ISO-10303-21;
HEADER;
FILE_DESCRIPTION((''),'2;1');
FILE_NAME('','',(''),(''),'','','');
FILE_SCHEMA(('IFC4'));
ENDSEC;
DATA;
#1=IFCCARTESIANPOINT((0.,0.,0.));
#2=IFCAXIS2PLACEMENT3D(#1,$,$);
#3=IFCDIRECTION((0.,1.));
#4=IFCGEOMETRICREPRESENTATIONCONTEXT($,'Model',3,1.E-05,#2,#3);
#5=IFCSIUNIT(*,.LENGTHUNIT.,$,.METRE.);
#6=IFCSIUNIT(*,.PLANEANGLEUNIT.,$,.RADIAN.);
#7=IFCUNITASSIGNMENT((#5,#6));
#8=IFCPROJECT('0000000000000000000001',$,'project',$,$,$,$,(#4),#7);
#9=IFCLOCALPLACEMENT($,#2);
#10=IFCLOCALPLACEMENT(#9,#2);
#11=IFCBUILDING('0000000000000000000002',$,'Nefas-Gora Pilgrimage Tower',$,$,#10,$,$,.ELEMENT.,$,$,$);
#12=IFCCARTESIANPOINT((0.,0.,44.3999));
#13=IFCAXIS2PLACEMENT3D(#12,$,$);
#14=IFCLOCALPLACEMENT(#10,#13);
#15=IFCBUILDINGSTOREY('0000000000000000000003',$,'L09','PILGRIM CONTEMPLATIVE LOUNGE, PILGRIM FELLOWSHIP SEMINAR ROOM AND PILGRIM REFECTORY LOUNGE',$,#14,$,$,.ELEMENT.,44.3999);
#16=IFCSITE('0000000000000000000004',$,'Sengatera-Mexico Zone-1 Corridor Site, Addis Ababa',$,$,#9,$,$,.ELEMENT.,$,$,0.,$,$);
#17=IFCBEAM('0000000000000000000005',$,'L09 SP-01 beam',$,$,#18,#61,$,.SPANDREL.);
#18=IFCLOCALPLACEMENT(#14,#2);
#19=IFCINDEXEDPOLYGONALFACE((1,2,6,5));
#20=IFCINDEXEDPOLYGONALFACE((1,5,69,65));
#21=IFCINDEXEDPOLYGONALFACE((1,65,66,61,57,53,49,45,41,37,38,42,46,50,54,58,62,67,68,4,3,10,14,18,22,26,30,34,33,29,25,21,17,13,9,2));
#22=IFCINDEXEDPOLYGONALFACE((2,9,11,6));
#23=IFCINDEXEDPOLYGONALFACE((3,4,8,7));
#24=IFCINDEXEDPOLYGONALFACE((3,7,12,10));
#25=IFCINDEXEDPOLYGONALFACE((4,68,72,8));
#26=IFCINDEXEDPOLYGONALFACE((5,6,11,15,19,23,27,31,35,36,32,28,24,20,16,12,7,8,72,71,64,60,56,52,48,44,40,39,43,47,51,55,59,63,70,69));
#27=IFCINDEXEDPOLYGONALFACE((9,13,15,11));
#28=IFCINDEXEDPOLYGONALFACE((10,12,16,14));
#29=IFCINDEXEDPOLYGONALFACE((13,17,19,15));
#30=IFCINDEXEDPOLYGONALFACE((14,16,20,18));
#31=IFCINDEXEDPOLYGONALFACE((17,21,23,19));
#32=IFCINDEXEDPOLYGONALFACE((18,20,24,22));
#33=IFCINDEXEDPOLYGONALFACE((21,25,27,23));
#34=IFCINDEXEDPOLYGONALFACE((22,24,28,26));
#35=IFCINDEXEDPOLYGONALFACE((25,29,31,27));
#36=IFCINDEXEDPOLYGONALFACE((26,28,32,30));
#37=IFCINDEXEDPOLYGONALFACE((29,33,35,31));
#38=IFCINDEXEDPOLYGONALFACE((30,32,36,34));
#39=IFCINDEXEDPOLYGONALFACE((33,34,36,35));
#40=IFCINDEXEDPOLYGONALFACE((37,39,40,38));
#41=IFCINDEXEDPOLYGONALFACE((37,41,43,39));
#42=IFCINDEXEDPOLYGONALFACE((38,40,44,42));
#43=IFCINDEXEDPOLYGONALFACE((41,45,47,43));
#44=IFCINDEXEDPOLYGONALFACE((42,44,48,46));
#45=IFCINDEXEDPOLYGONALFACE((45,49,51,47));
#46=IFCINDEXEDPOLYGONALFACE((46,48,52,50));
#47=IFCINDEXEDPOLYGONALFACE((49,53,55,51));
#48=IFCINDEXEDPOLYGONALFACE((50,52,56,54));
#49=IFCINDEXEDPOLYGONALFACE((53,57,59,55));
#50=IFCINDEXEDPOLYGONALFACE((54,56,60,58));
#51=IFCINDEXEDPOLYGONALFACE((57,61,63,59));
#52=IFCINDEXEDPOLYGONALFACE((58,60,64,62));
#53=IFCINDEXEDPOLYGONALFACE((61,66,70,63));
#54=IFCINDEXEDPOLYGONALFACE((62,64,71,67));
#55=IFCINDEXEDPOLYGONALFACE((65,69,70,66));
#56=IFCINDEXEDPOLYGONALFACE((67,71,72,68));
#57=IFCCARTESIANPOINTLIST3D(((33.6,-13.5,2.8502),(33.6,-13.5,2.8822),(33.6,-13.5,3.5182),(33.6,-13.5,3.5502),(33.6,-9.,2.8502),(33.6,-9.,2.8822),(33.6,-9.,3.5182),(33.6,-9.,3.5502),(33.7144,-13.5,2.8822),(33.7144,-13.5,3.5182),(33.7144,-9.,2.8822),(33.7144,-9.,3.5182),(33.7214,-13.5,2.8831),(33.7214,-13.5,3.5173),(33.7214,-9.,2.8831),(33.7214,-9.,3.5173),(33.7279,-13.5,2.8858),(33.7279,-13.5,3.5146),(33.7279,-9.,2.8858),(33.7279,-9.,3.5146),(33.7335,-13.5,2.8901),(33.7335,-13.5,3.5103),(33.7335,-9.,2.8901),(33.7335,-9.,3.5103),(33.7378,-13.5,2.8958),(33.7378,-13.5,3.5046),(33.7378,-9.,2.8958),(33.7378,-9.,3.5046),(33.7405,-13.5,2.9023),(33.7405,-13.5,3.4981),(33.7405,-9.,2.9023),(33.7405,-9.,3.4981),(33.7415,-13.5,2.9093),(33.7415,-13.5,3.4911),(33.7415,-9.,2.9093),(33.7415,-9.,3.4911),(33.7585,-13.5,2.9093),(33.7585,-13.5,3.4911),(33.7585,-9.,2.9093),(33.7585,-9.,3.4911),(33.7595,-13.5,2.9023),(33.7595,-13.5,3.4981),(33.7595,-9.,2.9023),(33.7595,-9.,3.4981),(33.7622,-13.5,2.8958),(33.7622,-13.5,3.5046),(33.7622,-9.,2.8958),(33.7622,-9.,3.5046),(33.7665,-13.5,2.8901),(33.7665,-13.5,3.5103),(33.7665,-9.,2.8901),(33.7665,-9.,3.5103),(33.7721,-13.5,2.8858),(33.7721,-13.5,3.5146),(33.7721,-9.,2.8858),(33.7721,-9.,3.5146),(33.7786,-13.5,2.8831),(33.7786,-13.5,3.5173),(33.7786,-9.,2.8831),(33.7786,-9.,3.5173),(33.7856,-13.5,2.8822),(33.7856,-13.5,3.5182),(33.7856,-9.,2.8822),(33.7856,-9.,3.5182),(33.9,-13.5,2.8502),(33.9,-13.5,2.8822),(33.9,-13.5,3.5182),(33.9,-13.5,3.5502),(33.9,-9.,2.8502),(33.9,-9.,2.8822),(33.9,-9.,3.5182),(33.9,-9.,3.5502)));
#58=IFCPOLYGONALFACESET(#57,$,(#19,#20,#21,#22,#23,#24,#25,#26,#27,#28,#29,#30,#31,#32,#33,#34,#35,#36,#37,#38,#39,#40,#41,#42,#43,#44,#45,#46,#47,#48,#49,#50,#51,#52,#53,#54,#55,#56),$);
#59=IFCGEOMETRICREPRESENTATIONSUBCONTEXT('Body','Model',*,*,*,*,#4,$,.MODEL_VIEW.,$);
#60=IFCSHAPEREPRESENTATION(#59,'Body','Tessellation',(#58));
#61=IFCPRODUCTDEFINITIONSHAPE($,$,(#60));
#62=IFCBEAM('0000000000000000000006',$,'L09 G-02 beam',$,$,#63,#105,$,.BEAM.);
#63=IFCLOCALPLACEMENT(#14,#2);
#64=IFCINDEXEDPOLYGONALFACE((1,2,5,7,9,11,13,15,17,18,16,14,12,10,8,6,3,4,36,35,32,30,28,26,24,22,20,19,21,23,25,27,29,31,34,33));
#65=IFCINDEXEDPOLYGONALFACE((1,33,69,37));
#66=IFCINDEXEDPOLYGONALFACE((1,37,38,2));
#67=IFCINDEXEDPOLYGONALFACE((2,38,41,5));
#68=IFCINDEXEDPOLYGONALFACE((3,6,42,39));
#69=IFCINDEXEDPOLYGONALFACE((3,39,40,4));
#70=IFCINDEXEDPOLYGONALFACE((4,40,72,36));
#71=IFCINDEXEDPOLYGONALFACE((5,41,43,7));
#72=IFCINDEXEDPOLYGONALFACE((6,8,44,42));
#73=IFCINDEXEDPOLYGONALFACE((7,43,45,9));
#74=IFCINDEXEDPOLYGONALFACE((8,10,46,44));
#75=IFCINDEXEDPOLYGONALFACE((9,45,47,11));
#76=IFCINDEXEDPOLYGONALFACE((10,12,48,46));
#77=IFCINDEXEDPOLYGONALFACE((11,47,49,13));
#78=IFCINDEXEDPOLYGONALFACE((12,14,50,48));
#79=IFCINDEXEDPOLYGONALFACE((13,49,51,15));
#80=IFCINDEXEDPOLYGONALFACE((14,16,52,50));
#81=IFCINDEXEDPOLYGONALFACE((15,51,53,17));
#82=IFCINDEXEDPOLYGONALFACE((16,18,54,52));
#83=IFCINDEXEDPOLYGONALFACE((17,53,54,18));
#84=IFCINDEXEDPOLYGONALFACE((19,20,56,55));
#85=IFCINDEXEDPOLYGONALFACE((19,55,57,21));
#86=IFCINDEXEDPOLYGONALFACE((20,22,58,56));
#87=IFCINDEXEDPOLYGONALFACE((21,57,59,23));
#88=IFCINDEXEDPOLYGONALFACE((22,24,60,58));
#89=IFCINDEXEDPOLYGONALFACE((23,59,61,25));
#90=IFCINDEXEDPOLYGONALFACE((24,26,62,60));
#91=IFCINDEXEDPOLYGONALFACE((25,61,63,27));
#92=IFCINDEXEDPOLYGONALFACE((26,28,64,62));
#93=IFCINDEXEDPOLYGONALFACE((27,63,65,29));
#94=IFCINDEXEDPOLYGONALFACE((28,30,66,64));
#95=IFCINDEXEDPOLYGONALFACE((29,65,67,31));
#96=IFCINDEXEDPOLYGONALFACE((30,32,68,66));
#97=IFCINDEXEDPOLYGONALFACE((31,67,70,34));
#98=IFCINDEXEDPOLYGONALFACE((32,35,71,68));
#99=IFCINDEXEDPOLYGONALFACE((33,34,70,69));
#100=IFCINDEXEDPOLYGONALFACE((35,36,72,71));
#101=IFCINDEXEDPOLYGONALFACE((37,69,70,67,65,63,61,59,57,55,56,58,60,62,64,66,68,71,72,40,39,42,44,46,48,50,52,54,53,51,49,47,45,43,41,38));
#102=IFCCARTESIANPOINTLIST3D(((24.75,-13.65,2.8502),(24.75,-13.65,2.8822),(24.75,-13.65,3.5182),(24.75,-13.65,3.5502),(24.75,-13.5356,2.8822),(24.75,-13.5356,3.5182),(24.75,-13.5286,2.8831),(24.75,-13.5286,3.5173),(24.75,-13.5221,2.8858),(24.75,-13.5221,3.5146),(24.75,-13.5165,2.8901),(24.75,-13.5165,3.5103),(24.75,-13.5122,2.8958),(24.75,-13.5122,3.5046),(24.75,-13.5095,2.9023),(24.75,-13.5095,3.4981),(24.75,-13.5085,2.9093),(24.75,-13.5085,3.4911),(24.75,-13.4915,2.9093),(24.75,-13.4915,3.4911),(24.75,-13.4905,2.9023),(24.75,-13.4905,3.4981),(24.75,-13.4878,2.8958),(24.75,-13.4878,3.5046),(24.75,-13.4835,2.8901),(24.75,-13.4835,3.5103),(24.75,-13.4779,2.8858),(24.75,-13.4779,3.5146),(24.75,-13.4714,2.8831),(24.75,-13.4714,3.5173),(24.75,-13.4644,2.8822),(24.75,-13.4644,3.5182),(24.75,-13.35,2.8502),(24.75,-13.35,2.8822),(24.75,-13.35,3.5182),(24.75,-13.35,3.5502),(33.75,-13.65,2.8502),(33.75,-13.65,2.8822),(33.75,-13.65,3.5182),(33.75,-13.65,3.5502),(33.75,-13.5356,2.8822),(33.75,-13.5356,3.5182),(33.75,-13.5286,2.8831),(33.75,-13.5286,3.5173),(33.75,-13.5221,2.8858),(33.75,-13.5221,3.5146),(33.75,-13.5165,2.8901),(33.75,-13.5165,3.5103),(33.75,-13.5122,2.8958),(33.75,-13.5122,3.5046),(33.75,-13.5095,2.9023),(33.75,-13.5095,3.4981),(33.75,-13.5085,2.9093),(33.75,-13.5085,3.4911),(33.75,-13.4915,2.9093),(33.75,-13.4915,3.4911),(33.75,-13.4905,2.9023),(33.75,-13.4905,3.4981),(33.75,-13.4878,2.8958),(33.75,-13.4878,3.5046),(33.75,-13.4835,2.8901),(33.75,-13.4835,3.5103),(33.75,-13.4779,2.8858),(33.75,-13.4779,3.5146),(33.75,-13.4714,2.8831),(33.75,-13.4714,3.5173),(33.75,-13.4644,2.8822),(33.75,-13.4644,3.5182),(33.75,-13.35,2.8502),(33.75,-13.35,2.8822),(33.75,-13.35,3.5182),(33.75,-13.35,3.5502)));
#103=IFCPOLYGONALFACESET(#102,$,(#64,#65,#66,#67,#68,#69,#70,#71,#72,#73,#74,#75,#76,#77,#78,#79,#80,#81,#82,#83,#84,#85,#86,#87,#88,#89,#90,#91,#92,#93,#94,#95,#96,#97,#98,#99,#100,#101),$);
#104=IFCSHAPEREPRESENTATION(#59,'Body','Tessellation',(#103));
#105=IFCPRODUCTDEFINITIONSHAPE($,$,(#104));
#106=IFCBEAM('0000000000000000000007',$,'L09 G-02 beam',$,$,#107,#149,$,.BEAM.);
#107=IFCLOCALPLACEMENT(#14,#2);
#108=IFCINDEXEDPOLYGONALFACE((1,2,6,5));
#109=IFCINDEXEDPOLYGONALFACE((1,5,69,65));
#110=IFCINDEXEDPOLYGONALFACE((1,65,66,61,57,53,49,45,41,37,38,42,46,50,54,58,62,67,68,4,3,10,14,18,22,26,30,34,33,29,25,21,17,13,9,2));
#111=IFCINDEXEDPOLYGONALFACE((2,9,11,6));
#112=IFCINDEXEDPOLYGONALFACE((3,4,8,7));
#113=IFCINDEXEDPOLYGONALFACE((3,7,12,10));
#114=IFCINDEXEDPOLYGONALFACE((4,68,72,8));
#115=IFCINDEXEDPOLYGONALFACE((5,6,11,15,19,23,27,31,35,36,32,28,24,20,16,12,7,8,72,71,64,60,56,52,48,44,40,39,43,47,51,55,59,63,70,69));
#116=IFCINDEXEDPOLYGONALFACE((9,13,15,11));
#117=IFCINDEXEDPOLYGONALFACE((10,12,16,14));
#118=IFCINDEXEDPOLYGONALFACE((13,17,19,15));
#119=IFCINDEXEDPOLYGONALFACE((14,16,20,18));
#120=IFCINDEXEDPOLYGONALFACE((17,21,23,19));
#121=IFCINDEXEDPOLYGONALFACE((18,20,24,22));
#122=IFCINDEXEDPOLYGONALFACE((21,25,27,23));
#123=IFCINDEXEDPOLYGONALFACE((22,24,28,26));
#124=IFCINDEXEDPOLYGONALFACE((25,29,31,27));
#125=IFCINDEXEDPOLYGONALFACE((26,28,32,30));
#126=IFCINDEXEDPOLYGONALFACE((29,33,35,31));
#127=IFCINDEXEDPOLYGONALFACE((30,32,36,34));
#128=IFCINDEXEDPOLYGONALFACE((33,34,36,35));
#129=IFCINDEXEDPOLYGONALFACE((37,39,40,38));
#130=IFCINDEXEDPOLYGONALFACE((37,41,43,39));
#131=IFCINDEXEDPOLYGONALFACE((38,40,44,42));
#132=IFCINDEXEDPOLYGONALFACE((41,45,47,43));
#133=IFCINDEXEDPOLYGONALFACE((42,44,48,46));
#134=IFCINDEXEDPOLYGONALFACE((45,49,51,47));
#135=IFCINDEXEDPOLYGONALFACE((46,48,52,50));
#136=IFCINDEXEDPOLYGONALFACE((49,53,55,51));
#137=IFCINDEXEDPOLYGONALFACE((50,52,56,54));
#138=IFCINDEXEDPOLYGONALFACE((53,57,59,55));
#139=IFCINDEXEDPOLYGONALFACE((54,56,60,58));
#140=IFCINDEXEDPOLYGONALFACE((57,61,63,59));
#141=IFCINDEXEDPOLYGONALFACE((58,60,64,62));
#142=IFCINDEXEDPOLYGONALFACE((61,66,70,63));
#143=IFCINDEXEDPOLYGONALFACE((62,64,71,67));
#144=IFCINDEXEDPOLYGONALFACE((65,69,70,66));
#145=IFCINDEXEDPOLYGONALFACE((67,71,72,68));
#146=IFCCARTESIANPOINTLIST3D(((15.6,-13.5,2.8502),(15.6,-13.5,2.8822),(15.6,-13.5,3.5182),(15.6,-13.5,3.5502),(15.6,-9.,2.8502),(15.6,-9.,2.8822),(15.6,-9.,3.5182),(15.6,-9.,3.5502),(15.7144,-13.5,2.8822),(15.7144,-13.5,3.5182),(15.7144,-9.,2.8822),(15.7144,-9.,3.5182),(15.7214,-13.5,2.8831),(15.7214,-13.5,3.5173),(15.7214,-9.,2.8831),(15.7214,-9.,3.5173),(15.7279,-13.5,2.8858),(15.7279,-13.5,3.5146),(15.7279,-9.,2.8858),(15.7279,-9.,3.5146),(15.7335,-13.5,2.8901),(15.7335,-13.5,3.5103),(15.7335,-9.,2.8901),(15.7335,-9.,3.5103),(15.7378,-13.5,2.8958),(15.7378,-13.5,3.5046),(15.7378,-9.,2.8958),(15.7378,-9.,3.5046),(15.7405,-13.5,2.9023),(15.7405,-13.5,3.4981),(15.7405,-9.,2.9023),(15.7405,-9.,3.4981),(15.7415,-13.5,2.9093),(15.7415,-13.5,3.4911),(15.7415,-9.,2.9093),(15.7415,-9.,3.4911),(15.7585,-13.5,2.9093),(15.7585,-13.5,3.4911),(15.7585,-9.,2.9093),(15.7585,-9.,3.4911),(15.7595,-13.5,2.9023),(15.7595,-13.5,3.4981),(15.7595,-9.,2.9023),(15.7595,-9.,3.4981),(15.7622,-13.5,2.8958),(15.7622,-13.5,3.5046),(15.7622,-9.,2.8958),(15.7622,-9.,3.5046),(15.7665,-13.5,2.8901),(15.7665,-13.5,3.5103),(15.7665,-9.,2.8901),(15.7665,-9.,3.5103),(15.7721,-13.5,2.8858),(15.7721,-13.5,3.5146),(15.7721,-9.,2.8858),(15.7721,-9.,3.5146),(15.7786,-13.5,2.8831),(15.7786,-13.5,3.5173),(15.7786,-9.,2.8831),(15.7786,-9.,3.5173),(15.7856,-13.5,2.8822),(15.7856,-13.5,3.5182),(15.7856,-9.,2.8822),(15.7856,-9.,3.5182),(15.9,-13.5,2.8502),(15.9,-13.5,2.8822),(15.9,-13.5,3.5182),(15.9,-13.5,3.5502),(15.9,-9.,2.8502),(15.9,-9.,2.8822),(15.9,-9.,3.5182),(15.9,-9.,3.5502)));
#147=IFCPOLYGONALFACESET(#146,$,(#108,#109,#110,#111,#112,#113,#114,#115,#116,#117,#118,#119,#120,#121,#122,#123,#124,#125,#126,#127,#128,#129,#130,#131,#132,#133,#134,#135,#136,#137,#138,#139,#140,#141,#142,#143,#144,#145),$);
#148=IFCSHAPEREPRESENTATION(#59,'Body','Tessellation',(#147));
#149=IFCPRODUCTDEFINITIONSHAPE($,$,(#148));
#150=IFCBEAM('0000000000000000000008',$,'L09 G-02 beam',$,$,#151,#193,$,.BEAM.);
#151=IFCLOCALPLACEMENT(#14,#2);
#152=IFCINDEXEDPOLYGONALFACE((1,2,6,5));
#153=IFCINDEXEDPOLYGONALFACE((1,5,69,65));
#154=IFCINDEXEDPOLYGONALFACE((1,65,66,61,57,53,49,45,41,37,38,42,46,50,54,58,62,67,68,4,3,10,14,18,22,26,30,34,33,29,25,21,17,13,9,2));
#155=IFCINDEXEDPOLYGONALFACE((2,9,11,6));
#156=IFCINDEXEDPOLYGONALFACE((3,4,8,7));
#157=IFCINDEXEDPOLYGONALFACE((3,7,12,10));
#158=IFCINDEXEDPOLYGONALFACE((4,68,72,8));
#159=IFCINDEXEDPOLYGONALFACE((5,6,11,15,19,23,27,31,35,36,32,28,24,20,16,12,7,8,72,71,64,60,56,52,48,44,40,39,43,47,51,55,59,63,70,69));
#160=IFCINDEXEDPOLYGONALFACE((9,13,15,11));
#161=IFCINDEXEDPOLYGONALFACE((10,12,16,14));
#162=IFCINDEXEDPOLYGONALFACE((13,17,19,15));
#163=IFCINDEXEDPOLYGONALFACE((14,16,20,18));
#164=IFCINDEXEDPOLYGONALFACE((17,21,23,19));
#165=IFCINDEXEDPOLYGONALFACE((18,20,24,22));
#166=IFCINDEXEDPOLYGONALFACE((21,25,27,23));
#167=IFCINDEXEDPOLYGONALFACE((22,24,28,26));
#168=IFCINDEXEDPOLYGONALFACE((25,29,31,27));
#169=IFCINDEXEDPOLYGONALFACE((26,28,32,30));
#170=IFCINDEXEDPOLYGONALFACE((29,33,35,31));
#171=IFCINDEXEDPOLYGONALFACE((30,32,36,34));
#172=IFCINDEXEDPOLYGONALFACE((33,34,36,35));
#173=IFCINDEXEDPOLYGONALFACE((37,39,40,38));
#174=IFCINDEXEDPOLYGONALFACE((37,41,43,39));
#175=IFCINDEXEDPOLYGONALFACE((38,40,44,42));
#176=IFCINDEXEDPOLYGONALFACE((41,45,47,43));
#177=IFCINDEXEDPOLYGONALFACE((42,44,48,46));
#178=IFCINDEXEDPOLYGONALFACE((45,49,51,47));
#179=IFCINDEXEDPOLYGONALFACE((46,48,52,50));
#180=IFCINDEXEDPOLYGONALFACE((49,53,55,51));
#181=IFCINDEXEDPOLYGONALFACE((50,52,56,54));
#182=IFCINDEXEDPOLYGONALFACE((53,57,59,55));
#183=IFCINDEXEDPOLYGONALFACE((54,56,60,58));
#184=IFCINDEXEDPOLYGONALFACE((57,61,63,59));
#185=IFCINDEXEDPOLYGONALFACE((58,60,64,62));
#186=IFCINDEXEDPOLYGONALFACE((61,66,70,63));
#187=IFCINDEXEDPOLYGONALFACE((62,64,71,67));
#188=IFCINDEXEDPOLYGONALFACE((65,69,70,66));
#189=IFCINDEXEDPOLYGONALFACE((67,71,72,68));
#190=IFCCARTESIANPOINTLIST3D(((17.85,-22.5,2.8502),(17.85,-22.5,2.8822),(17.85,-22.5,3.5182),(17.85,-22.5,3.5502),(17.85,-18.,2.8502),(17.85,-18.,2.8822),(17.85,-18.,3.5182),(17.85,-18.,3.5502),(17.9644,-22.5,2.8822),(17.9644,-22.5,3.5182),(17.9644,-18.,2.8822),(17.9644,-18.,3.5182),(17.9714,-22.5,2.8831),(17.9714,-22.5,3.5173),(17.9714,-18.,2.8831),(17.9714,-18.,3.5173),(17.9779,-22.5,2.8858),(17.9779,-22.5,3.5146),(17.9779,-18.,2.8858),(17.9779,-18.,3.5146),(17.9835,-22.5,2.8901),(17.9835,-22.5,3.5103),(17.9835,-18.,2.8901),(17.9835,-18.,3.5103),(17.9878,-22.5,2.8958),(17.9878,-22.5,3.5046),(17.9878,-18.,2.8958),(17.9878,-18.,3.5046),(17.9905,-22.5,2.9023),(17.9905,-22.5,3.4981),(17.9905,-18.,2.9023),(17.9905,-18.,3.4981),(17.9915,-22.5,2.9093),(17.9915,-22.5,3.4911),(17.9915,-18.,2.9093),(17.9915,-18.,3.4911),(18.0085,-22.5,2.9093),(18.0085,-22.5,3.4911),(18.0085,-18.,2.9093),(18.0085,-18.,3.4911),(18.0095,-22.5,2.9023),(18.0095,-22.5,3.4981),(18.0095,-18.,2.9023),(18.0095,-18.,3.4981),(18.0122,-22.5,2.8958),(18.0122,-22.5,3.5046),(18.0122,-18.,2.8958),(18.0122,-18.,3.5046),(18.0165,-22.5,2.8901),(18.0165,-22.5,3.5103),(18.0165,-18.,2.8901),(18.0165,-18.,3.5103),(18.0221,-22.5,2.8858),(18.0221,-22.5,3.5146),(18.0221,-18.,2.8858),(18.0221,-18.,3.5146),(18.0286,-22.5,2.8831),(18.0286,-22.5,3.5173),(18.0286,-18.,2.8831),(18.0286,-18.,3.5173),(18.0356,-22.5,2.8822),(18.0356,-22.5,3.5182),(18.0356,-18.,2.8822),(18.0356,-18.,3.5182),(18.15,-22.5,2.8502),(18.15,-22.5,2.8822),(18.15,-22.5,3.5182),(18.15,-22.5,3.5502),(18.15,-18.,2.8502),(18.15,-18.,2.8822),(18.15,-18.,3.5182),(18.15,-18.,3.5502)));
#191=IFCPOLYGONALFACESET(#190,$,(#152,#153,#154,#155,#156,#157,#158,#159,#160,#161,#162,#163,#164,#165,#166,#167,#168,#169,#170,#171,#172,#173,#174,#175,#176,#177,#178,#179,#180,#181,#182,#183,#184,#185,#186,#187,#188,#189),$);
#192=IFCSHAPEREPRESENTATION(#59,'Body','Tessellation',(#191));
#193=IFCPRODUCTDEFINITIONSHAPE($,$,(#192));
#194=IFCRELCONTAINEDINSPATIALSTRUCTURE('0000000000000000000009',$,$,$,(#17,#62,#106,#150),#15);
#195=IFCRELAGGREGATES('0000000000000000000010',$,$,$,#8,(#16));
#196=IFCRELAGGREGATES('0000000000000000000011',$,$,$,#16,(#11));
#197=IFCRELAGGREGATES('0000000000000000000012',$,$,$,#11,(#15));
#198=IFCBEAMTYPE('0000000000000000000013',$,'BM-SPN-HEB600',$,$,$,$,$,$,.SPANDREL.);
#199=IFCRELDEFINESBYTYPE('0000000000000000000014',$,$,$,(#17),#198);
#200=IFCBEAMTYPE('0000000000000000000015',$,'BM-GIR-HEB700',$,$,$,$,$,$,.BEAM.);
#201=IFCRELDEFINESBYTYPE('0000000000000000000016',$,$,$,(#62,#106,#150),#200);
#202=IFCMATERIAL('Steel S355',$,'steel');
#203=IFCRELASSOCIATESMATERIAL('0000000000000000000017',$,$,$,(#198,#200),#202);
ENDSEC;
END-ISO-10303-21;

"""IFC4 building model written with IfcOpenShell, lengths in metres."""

from ifc_helpers import new_model, si_unit, direction, frame, origin, origin_2d, place, context, subcontext, project, spatial, i_section, extrude, source, transform, mapped, material, material_profile, profile_set, type_object, element, save


model = new_model("IFC4")

# Units and contexts
model_context = context("Model", 3, precision=1e-05, world=origin(), true_north=direction((0.0, 1.0)))
body_context = subcontext(model_context, "Body", "Model", "MODEL_VIEW")
ifc_project = project(units=[si_unit("LENGTHUNIT", "METRE"), si_unit("PLANEANGLEUNIT", "RADIAN")], contexts=[model_context])

# Site, building, storey
site_placement = place(None, origin())
site = spatial("IfcSite", under=ifc_project, at=site_placement, Name="Sengatera-Mexico Zone-1 Corridor Site, Addis Ababa", CompositionType="ELEMENT", RefElevation=0.0)
building_placement = place(site_placement, origin())
building = spatial("IfcBuilding", under=site, at=building_placement, Name="Nefas-Gora Pilgrimage Tower", CompositionType="ELEMENT")
storey_placement = place(building_placement, frame((0.0, 0.0, 44.3999)))
storey = spatial("IfcBuildingStorey", under=building, at=storey_placement, Name="L09", Description="PILGRIM CONTEMPLATIVE LOUNGE, PILGRIM FELLOWSHIP SEMINAR ROOM AND PILGRIM REFECTORY LOUNGE", CompositionType="ELEMENT", Elevation=44.3999)

# Beams
ifc_material_1 = material(Name="Steel S355", Category="steel")
ifc_material_profile_1 = material_profile(ifc_material_1, i_section(OverallWidth=0.3, OverallDepth=0.7, WebThickness=0.0171, FlangeThickness=0.032, FilletRadius=0.0271, at=origin_2d()), Name="HEB 700")
ifc_profile_set_1 = profile_set([ifc_material_profile_1], Name="Steel S355")
beam_type_1 = type_object("IfcBeamType", Name="BM-SPN-HEB600", PredefinedType="SPANDREL", material=ifc_profile_set_1)
shared_shape_1 = source(origin(), body_context, "Body", "SweptSolid", [
    extrude(i_section(OverallWidth=0.3, OverallDepth=0.7, WebThickness=0.0171, FlangeThickness=0.032, FilletRadius=0.0271, at=origin_2d()), origin(), (0.0, 0.0, 1.0), 4.5),
])
for number, where, z_axis, x_axis, name in (
    (1, (33.75, -13.5, 3.2002), (0.0, 1.0, 0.0), (-1.0, 0.0, 0.0), "L09 SP-01 beam"),
):
    element("IfcBeam", number, at=place(storey_placement, frame(where, z_axis=z_axis, x_axis=x_axis)), inside=storey, type_object=beam_type_1, Name=name, PredefinedType="SPANDREL", context=body_context, shape_type="MappedRepresentation", body=[
        mapped(shared_shape_1, transform((0.0, 0.0, 0.0), x_axis=(1.0, 0.0, 0.0), y_axis=(0.0, 1.0, 0.0), z_axis=(0.0, 0.0, 1.0), scale=1.0)),
    ])
ifc_material_profile_2 = material_profile(ifc_material_1, i_section(OverallWidth=0.3, OverallDepth=0.7, WebThickness=0.0171, FlangeThickness=0.032, FilletRadius=0.0271, at=origin_2d()), Name="HEB 700")
ifc_profile_set_2 = profile_set([ifc_material_profile_2], Name="Steel S355")
beam_type_2 = type_object("IfcBeamType", Name="BM-GIR-HEB700", PredefinedType="BEAM", material=ifc_profile_set_2)
shared_shape_2 = source(origin(), body_context, "Body", "SweptSolid", [
    extrude(i_section(OverallWidth=0.3, OverallDepth=0.7, WebThickness=0.0171, FlangeThickness=0.032, FilletRadius=0.0271, at=origin_2d()), origin(), (0.0, 0.0, 1.0), 9.0),
])
beam_1_placement = place(storey_placement, frame((24.75, -13.5, 3.2002), z_axis=(1.0, 0.0, 0.0), x_axis=(0.0, 1.0, 0.0)))
element("IfcBeam", 2, at=beam_1_placement, inside=storey, type_object=beam_type_2, Name="L09 G-02 beam", PredefinedType="BEAM", context=body_context, shape_type="MappedRepresentation", body=[
    mapped(shared_shape_2, transform((0.0, 0.0, 0.0), x_axis=(1.0, 0.0, 0.0), y_axis=(0.0, 1.0, 0.0), z_axis=(0.0, 0.0, 1.0), scale=1.0)),
])
shared_shape_3 = source(origin(), body_context, "Body", "SweptSolid", [
    extrude(i_section(OverallWidth=0.3, OverallDepth=0.7, WebThickness=0.0171, FlangeThickness=0.032, FilletRadius=0.0271, at=origin_2d()), origin(), (0.0, 0.0, 1.0), 4.5),
])
for number, where, z_axis, x_axis, name in (
    (3, (15.75, -13.5, 3.2002), (0.0, 1.0, 0.0), (-1.0, 0.0, 0.0), "L09 G-02 beam"),
    (4, (18.0, -22.5, 3.2002), (0.0, 1.0, 0.0), (-1.0, 0.0, 0.0), "L09 G-02 beam"),
):
    element("IfcBeam", number, at=place(storey_placement, frame(where, z_axis=z_axis, x_axis=x_axis)), inside=storey, type_object=beam_type_2, Name=name, PredefinedType="BEAM", context=body_context, shape_type="MappedRepresentation", body=[
        mapped(shared_shape_3, transform((0.0, 0.0, 0.0), x_axis=(1.0, 0.0, 0.0), y_axis=(0.0, 1.0, 0.0), z_axis=(0.0, 0.0, 1.0), scale=1.0)),
    ])

save(model, "model.ifc")
